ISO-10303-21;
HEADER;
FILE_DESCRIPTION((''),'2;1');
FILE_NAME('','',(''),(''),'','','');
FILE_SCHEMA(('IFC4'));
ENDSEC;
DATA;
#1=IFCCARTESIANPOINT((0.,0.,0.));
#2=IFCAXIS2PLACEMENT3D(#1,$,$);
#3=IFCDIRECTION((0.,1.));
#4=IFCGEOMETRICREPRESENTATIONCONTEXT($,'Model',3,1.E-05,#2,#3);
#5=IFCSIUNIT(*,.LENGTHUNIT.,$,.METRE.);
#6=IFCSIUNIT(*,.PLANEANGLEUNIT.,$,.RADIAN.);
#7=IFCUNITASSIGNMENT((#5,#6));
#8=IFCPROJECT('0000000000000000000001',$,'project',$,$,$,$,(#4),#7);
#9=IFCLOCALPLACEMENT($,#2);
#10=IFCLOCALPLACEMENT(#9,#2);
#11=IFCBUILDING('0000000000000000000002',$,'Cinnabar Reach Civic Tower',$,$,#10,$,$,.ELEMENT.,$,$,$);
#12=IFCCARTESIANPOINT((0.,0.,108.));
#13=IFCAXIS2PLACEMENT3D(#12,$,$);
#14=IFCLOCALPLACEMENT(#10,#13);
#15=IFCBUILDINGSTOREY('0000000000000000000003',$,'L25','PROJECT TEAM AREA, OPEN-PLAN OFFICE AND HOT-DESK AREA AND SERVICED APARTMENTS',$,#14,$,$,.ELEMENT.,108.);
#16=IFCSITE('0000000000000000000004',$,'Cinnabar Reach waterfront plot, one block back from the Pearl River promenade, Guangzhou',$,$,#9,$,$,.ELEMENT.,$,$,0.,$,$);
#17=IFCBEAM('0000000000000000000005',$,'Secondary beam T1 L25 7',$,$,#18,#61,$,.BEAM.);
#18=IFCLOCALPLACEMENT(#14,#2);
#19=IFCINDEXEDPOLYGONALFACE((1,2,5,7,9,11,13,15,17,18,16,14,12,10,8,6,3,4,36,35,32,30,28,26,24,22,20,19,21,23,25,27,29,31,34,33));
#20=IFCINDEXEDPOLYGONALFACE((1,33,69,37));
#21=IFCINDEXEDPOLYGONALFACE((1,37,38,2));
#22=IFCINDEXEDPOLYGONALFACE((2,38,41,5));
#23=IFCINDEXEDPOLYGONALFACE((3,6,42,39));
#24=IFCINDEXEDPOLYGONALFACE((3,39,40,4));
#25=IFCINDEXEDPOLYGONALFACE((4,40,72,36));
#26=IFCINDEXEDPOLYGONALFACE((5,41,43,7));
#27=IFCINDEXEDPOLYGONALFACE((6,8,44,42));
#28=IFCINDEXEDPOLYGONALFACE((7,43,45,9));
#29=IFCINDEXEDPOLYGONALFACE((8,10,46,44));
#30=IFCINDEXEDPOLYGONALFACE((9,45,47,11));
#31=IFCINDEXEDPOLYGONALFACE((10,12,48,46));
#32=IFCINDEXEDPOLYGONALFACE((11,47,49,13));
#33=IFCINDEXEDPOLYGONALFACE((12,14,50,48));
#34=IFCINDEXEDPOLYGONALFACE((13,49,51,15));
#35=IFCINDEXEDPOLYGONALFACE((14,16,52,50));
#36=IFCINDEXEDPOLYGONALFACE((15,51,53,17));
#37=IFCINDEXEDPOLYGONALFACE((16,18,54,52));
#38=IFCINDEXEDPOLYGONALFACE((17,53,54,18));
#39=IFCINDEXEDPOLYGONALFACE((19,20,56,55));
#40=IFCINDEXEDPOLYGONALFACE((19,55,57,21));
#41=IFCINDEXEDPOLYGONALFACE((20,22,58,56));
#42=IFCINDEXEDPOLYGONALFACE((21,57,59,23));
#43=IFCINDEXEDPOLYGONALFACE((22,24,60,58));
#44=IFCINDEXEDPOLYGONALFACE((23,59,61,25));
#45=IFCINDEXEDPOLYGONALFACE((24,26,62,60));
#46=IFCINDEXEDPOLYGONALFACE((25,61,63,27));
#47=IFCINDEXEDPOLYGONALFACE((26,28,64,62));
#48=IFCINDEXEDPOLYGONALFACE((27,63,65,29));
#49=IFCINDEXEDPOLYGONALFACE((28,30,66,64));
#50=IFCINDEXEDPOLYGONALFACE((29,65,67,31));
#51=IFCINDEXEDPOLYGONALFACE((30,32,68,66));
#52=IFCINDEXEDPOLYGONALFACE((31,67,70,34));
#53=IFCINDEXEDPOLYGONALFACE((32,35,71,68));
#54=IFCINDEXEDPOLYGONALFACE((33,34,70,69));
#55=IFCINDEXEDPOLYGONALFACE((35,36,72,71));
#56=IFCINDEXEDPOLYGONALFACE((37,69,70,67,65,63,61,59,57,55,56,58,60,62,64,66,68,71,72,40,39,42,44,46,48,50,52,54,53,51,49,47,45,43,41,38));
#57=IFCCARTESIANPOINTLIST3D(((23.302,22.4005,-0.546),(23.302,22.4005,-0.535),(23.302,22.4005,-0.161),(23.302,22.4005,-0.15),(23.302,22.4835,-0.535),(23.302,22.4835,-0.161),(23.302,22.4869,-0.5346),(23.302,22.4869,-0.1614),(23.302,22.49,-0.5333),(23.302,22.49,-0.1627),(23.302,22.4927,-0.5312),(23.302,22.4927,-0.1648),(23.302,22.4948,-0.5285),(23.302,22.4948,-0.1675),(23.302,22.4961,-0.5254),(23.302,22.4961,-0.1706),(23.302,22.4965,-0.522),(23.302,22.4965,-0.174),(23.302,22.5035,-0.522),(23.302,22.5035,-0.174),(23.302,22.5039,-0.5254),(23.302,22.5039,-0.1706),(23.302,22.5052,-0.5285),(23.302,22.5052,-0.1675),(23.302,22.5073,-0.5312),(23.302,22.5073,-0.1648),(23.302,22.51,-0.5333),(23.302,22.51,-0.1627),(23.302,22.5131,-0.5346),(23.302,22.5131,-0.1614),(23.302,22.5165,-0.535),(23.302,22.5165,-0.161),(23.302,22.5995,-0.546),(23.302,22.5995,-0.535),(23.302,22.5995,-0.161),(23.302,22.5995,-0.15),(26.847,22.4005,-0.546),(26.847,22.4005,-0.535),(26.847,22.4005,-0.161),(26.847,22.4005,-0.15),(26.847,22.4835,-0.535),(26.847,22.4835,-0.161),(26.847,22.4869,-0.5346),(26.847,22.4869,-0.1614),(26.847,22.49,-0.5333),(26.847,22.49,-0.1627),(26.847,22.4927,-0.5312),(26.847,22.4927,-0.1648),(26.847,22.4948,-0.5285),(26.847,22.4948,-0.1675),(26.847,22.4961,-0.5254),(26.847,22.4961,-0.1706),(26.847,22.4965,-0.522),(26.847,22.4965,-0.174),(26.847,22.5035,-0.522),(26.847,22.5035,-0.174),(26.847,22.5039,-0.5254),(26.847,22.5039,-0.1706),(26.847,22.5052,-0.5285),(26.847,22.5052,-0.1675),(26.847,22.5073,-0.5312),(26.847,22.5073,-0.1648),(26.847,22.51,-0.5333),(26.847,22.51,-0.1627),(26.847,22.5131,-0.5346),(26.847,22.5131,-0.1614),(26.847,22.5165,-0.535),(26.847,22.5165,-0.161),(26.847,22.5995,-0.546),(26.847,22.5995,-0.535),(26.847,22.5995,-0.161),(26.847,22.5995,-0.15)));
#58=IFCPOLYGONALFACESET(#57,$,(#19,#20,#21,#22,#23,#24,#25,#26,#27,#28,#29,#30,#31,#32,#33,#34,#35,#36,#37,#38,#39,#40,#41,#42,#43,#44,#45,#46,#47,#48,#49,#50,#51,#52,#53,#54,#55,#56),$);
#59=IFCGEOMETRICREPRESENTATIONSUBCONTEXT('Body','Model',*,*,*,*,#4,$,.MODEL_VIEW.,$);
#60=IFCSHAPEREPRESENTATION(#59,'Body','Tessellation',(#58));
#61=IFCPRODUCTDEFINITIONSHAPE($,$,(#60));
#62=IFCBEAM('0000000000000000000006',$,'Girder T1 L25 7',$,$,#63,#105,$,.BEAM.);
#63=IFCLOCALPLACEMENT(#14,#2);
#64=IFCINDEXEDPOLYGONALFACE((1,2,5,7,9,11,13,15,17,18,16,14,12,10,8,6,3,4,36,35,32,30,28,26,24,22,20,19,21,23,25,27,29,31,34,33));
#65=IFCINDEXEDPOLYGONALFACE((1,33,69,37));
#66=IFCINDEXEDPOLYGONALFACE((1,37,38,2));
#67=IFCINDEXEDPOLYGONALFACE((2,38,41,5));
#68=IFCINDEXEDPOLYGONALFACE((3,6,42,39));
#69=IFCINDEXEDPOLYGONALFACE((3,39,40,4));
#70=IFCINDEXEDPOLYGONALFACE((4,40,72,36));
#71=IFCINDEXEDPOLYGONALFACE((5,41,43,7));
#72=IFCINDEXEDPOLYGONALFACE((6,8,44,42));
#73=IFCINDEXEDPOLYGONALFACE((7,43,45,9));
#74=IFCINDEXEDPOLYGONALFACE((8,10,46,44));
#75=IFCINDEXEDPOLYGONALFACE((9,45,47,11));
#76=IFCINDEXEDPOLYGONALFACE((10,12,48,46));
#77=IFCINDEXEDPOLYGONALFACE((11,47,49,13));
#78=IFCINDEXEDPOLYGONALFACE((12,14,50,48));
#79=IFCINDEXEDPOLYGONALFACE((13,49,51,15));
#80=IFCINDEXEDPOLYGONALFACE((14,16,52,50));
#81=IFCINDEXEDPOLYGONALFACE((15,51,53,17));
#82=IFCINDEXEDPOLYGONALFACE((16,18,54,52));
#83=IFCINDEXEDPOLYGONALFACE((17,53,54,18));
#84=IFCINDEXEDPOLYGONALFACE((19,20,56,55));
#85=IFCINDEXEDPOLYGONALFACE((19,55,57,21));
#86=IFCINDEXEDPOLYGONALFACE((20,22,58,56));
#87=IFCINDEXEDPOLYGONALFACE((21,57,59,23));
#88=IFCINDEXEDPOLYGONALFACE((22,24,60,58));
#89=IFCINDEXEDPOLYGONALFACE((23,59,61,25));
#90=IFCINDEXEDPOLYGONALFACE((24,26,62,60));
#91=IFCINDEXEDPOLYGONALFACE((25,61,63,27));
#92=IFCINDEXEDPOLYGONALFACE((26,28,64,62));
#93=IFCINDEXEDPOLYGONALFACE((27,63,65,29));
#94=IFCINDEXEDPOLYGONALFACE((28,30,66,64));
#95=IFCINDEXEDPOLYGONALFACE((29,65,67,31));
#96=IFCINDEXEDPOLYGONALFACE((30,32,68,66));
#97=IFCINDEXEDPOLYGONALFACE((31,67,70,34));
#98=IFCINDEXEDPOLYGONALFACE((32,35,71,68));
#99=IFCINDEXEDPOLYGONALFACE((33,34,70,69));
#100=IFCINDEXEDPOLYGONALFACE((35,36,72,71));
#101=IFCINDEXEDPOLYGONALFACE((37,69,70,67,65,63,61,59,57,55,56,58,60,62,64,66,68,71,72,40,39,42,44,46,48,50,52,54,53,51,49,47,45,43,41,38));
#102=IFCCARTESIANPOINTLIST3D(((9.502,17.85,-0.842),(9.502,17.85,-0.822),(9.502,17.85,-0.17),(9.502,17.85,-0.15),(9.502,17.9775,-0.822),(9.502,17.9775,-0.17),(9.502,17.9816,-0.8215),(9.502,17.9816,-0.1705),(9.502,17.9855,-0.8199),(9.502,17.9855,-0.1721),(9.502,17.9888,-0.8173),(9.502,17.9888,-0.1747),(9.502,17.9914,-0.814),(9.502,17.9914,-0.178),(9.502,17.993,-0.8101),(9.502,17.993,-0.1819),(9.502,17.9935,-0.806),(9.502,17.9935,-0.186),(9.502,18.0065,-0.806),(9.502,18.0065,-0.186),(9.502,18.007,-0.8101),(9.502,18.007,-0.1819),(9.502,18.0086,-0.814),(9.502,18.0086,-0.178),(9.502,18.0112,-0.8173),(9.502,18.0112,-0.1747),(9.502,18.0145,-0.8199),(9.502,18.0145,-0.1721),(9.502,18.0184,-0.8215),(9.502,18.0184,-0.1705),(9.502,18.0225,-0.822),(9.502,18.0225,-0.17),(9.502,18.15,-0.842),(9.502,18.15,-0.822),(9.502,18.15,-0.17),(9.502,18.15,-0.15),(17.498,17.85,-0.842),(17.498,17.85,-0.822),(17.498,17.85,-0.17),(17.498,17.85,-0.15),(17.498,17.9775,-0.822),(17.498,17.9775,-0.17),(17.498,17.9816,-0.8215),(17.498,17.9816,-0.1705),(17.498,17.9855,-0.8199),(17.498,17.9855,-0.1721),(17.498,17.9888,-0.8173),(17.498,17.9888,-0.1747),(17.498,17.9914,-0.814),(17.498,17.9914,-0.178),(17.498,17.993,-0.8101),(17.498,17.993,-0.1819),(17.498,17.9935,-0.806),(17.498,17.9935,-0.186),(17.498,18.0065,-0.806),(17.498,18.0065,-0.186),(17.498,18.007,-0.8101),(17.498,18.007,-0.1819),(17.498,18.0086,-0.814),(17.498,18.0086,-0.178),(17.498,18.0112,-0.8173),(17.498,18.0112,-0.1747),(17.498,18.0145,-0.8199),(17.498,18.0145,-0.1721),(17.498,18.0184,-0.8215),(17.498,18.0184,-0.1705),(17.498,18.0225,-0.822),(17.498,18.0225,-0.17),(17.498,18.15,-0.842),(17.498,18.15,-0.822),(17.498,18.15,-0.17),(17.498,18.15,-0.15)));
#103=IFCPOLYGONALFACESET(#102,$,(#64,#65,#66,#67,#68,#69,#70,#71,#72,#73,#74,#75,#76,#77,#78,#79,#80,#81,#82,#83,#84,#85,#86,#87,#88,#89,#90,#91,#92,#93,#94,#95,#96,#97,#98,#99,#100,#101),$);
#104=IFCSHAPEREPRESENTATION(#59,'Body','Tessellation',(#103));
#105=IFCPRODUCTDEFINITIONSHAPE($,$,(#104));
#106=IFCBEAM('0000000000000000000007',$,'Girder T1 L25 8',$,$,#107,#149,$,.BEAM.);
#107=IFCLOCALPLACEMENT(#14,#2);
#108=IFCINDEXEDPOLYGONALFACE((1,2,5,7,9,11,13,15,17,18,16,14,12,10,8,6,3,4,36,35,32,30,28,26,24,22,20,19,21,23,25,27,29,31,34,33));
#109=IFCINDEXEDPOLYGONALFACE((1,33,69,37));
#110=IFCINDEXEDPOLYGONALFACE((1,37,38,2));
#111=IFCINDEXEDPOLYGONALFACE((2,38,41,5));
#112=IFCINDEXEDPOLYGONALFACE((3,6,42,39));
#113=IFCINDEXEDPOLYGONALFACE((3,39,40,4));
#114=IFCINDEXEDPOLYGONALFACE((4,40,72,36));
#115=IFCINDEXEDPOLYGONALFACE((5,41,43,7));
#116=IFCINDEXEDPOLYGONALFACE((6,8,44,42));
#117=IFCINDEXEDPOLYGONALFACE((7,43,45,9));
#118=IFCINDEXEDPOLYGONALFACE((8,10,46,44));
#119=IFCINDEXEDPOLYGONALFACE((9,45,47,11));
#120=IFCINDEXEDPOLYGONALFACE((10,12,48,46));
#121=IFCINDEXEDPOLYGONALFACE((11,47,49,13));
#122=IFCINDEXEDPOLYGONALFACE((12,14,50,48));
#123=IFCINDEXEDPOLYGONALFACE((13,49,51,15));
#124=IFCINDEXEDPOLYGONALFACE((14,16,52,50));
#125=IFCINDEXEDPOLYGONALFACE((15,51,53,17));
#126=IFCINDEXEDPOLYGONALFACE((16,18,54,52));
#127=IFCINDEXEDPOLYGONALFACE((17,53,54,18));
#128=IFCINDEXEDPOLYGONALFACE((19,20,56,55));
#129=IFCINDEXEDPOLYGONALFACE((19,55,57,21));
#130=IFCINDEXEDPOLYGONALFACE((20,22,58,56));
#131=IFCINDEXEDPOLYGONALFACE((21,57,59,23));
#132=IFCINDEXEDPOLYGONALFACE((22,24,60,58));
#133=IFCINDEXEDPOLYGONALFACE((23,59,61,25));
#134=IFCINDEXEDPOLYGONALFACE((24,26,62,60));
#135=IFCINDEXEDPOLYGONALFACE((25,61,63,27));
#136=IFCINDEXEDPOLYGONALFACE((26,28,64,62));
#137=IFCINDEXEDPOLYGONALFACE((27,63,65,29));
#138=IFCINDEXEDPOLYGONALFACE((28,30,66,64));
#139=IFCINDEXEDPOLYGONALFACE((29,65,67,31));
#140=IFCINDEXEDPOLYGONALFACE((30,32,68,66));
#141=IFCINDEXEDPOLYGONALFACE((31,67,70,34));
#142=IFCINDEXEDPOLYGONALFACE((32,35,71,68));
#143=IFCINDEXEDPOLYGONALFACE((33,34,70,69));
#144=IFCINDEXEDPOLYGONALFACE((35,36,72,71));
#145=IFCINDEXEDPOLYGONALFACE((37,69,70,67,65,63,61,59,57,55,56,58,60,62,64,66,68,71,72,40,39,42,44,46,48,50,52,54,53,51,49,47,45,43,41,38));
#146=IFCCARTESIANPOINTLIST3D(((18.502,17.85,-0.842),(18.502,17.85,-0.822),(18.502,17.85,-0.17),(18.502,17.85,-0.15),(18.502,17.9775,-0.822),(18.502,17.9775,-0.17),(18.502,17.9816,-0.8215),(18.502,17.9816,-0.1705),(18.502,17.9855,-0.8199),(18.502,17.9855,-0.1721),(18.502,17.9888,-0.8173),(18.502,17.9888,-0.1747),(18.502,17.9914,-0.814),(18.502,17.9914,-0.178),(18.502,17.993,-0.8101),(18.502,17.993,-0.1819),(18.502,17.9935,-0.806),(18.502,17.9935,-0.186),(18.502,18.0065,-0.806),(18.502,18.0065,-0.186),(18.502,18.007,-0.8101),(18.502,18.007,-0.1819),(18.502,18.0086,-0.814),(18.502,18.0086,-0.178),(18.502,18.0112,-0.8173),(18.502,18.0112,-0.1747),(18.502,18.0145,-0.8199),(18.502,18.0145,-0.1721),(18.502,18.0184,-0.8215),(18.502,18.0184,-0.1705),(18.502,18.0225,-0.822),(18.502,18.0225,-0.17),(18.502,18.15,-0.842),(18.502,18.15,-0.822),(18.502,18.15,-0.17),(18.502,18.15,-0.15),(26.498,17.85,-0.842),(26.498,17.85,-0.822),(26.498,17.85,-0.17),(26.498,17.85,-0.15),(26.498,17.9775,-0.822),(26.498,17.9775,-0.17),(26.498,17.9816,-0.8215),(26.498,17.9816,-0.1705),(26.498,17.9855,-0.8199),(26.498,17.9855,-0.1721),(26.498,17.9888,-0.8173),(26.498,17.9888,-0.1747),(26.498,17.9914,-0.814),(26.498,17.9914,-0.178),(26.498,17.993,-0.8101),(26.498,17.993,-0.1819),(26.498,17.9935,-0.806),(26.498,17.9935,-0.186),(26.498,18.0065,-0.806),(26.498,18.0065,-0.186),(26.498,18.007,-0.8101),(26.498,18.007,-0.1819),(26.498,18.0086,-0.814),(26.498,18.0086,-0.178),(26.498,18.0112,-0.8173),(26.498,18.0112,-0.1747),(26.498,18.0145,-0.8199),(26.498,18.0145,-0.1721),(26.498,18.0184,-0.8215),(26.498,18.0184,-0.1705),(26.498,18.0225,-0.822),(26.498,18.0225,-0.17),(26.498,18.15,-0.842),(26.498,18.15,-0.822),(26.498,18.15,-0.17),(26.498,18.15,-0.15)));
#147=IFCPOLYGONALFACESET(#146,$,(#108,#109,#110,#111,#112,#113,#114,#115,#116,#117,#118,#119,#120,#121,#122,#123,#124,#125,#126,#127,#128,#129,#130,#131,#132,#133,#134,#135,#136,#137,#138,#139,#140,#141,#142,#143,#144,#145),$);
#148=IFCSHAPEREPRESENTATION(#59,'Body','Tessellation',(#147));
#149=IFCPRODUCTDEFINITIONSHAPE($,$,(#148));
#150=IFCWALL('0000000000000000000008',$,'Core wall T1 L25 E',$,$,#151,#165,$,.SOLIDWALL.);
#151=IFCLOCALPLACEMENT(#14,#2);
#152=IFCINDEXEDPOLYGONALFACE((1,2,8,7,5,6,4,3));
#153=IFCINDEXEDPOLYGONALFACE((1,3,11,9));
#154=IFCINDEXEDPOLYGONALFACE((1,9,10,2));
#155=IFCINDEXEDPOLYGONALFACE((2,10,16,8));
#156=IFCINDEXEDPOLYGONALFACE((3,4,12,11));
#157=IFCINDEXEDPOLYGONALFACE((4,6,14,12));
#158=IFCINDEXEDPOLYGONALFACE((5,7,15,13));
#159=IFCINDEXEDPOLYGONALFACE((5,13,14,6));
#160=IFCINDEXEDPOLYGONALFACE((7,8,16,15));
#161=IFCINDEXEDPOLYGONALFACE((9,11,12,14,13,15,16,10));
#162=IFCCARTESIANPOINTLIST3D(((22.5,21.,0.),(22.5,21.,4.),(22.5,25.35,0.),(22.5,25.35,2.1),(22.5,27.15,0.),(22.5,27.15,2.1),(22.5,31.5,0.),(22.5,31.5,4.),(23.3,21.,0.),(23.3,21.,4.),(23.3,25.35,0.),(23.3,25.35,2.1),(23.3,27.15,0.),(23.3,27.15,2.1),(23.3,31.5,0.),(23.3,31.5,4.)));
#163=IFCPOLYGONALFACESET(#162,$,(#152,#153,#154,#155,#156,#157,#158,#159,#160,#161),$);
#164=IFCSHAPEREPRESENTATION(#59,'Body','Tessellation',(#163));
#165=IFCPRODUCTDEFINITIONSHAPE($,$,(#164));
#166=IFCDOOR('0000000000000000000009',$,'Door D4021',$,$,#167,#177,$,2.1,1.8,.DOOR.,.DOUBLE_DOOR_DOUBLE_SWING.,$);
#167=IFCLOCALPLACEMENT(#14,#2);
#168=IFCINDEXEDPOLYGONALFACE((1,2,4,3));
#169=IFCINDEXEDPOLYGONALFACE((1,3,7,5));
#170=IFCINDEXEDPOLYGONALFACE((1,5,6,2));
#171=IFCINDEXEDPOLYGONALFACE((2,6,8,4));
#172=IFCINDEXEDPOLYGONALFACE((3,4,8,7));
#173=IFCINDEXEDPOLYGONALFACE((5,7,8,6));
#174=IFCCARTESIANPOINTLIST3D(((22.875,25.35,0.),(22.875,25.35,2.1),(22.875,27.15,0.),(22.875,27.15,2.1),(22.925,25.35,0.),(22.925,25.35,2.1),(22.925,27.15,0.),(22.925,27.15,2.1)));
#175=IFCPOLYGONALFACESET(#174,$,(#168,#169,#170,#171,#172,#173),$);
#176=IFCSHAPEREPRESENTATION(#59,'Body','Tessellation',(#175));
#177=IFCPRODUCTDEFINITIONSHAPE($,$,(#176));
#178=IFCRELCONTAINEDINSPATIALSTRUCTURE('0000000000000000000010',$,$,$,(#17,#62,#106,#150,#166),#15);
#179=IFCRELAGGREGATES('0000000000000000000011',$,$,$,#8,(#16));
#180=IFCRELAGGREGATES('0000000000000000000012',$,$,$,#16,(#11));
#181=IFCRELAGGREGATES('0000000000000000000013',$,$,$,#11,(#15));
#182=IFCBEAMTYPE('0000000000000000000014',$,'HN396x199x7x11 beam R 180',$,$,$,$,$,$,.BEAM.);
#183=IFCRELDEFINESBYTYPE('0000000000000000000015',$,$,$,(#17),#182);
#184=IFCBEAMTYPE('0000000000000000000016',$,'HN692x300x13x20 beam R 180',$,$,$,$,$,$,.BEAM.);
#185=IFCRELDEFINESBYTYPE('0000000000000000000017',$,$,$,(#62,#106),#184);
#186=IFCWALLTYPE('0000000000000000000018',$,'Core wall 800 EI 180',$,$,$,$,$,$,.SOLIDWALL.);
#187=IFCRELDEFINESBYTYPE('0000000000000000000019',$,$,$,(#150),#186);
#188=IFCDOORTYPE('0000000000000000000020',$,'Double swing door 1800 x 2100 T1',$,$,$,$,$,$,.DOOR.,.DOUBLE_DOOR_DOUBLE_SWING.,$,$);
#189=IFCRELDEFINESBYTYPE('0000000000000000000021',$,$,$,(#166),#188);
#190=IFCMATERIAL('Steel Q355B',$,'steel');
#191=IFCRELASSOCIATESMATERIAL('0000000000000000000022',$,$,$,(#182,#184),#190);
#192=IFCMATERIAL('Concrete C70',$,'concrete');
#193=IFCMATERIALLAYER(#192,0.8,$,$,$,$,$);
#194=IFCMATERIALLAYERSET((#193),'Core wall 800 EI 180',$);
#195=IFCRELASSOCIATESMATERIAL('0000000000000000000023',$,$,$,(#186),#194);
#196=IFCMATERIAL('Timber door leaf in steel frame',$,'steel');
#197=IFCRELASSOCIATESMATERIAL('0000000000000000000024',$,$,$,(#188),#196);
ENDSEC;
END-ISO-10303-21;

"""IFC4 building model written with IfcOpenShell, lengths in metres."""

from ifc_helpers import new_model, si_unit, direction, frame, frame_2d, origin, origin_2d, place, context, subcontext, project, spatial, rectangle, i_section, extrude, material, layer, layer_set, material_profile, profile_set, type_object, element, fill, save


model = new_model("IFC4")

# Units and contexts
model_context = context("Model", 3, precision=1e-05, world=origin(), true_north=direction((0.0, 1.0)))
body_context = subcontext(model_context, "Body", "Model", "MODEL_VIEW")
ifc_project = project(units=[si_unit("LENGTHUNIT", "METRE"), si_unit("PLANEANGLEUNIT", "RADIAN")], contexts=[model_context])

# Site, building, storey
site_placement = place(None, origin())
site = spatial("IfcSite", under=ifc_project, at=site_placement, Name="Cinnabar Reach waterfront plot, one block back from the Pearl River promenade, Guangzhou", CompositionType="ELEMENT", RefElevation=0.0)
building_placement = place(site_placement, origin())
building = spatial("IfcBuilding", under=site, at=building_placement, Name="Cinnabar Reach Civic Tower", CompositionType="ELEMENT")
storey_placement = place(building_placement, frame((0.0, 0.0, 108.0)))
storey = spatial("IfcBuildingStorey", under=building, at=storey_placement, Name="L25", Description="PROJECT TEAM AREA, OPEN-PLAN OFFICE AND HOT-DESK AREA AND SERVICED APARTMENTS", CompositionType="ELEMENT", Elevation=108.0)

# Shared definitions
ifc_material_1 = material(Name="Concrete C70", Category="concrete")

# Beams
ifc_material_2 = material(Name="Steel Q355B", Category="steel")
ifc_material_profile_1 = material_profile(ifc_material_2, i_section(OverallWidth=0.199, OverallDepth=0.396, WebThickness=0.007, FlangeThickness=0.011, FilletRadius=0.013, at=origin_2d()), Name="HN396x199x7x11")
ifc_profile_set_1 = profile_set([ifc_material_profile_1], Name="Steel Q355B")
beam_type_1 = type_object("IfcBeamType", Name="HN396x199x7x11 beam R 180", PredefinedType="BEAM", material=ifc_profile_set_1)
beam_1_placement = place(storey_placement, frame((23.302, 22.5, -0.348), z_axis=(1.0, 0.0, 0.0), x_axis=(0.0, 1.0, 0.0)))
element("IfcBeam", 1, at=beam_1_placement, inside=storey, type_object=beam_type_1, Name="Secondary beam T1 L25 7", PredefinedType="BEAM", context=body_context, shape_type="SweptSolid", body=[
    extrude(i_section(OverallWidth=0.199, OverallDepth=0.396, WebThickness=0.007, FlangeThickness=0.011, FilletRadius=0.013, at=origin_2d()), origin(), (0.0, 0.0, 1.0), 3.545),
])
ifc_material_profile_2 = material_profile(ifc_material_2, i_section(OverallWidth=0.3, OverallDepth=0.692, WebThickness=0.013, FlangeThickness=0.02, FilletRadius=0.016, at=origin_2d()), Name="HN692x300x13x20")
ifc_profile_set_2 = profile_set([ifc_material_profile_2], Name="Steel Q355B")
beam_type_2 = type_object("IfcBeamType", Name="HN692x300x13x20 beam R 180", PredefinedType="BEAM", material=ifc_profile_set_2)
for number, where, z_axis, x_axis, name in (
    (2, (9.502, 18.0, -0.496), (1.0, 0.0, 0.0), (0.0, 1.0, 0.0), "Girder T1 L25 7"),
    (3, (18.502, 18.0, -0.496), (1.0, 0.0, 0.0), (0.0, 1.0, 0.0), "Girder T1 L25 8"),
):
    element("IfcBeam", number, at=place(storey_placement, frame(where, z_axis=z_axis, x_axis=x_axis)), inside=storey, type_object=beam_type_2, Name=name, PredefinedType="BEAM", context=body_context, shape_type="SweptSolid", body=[
        extrude(i_section(OverallWidth=0.3, OverallDepth=0.692, WebThickness=0.013, FlangeThickness=0.02, FilletRadius=0.016, at=origin_2d()), origin(), (0.0, 0.0, 1.0), 7.996),
    ])

# Wall, opening, door
ifc_layer_1 = layer(ifc_material_1, 0.8)
ifc_layer_set_1 = layer_set([ifc_layer_1], Name="Core wall 800 EI 180")
wall_type_1 = type_object("IfcWallType", Name="Core wall 800 EI 180", PredefinedType="SOLIDWALL", material=ifc_layer_set_1)
wall_1_placement = place(storey_placement, frame((22.9, 21.0, 0.0), z_axis=(0.0, 0.0, 1.0), x_axis=(0.0, 1.0, 0.0)))
wall_1 = element("IfcWall", 4, at=wall_1_placement, inside=storey, type_object=wall_type_1, Name="Core wall T1 L25 E", PredefinedType="SOLIDWALL", context=body_context, shape_type="SweptSolid", body=[
    extrude(rectangle(XDim=10.5, YDim=0.8, at=frame_2d((5.25, 0.0))), origin(), (0.0, 0.0, 1.0), 4.0),
])
opening_1_placement = place(wall_1_placement, frame((4.35, 0.0, 0.0)))
opening_1 = element("IfcOpeningElement", 5, at=opening_1_placement, cuts=wall_1, PredefinedType="OPENING", context=body_context, shape_type="SweptSolid", body=[
    extrude(rectangle(XDim=1.8, YDim=2.1, at=frame_2d((0.9, 1.05))), frame((0.0, 0.41, 0.0), z_axis=(0.0, -1.0, 0.0), x_axis=(1.0, 0.0, 0.0)), (0.0, 0.0, 1.0), 0.82),
])
ifc_material_3 = material(Name="Timber door leaf in steel frame", Category="steel")
door_type_1 = type_object("IfcDoorType", Name="Double swing door 1800 x 2100 T1", OperationType="DOUBLE_DOOR_DOUBLE_SWING", PredefinedType="DOOR", material=ifc_material_3)
door_1_placement = place(opening_1_placement, origin())
door_1 = element("IfcDoor", 6, at=door_1_placement, inside=storey, type_object=door_type_1, Name="Door D4021", OperationType="DOUBLE_DOOR_DOUBLE_SWING", OverallHeight=2.1, OverallWidth=1.8, PredefinedType="DOOR", context=body_context, shape_type="SweptSolid", body=[
    extrude(rectangle(XDim=1.8, YDim=2.1, at=frame_2d((0.9, 1.05))), frame((0.0, 0.025, 0.0), z_axis=(0.0, -1.0, 0.0), x_axis=(1.0, 0.0, 0.0)), (0.0, 0.0, 1.0), 0.05),
])
fill(opening_1, door_1)

save(model, "model.ifc")
